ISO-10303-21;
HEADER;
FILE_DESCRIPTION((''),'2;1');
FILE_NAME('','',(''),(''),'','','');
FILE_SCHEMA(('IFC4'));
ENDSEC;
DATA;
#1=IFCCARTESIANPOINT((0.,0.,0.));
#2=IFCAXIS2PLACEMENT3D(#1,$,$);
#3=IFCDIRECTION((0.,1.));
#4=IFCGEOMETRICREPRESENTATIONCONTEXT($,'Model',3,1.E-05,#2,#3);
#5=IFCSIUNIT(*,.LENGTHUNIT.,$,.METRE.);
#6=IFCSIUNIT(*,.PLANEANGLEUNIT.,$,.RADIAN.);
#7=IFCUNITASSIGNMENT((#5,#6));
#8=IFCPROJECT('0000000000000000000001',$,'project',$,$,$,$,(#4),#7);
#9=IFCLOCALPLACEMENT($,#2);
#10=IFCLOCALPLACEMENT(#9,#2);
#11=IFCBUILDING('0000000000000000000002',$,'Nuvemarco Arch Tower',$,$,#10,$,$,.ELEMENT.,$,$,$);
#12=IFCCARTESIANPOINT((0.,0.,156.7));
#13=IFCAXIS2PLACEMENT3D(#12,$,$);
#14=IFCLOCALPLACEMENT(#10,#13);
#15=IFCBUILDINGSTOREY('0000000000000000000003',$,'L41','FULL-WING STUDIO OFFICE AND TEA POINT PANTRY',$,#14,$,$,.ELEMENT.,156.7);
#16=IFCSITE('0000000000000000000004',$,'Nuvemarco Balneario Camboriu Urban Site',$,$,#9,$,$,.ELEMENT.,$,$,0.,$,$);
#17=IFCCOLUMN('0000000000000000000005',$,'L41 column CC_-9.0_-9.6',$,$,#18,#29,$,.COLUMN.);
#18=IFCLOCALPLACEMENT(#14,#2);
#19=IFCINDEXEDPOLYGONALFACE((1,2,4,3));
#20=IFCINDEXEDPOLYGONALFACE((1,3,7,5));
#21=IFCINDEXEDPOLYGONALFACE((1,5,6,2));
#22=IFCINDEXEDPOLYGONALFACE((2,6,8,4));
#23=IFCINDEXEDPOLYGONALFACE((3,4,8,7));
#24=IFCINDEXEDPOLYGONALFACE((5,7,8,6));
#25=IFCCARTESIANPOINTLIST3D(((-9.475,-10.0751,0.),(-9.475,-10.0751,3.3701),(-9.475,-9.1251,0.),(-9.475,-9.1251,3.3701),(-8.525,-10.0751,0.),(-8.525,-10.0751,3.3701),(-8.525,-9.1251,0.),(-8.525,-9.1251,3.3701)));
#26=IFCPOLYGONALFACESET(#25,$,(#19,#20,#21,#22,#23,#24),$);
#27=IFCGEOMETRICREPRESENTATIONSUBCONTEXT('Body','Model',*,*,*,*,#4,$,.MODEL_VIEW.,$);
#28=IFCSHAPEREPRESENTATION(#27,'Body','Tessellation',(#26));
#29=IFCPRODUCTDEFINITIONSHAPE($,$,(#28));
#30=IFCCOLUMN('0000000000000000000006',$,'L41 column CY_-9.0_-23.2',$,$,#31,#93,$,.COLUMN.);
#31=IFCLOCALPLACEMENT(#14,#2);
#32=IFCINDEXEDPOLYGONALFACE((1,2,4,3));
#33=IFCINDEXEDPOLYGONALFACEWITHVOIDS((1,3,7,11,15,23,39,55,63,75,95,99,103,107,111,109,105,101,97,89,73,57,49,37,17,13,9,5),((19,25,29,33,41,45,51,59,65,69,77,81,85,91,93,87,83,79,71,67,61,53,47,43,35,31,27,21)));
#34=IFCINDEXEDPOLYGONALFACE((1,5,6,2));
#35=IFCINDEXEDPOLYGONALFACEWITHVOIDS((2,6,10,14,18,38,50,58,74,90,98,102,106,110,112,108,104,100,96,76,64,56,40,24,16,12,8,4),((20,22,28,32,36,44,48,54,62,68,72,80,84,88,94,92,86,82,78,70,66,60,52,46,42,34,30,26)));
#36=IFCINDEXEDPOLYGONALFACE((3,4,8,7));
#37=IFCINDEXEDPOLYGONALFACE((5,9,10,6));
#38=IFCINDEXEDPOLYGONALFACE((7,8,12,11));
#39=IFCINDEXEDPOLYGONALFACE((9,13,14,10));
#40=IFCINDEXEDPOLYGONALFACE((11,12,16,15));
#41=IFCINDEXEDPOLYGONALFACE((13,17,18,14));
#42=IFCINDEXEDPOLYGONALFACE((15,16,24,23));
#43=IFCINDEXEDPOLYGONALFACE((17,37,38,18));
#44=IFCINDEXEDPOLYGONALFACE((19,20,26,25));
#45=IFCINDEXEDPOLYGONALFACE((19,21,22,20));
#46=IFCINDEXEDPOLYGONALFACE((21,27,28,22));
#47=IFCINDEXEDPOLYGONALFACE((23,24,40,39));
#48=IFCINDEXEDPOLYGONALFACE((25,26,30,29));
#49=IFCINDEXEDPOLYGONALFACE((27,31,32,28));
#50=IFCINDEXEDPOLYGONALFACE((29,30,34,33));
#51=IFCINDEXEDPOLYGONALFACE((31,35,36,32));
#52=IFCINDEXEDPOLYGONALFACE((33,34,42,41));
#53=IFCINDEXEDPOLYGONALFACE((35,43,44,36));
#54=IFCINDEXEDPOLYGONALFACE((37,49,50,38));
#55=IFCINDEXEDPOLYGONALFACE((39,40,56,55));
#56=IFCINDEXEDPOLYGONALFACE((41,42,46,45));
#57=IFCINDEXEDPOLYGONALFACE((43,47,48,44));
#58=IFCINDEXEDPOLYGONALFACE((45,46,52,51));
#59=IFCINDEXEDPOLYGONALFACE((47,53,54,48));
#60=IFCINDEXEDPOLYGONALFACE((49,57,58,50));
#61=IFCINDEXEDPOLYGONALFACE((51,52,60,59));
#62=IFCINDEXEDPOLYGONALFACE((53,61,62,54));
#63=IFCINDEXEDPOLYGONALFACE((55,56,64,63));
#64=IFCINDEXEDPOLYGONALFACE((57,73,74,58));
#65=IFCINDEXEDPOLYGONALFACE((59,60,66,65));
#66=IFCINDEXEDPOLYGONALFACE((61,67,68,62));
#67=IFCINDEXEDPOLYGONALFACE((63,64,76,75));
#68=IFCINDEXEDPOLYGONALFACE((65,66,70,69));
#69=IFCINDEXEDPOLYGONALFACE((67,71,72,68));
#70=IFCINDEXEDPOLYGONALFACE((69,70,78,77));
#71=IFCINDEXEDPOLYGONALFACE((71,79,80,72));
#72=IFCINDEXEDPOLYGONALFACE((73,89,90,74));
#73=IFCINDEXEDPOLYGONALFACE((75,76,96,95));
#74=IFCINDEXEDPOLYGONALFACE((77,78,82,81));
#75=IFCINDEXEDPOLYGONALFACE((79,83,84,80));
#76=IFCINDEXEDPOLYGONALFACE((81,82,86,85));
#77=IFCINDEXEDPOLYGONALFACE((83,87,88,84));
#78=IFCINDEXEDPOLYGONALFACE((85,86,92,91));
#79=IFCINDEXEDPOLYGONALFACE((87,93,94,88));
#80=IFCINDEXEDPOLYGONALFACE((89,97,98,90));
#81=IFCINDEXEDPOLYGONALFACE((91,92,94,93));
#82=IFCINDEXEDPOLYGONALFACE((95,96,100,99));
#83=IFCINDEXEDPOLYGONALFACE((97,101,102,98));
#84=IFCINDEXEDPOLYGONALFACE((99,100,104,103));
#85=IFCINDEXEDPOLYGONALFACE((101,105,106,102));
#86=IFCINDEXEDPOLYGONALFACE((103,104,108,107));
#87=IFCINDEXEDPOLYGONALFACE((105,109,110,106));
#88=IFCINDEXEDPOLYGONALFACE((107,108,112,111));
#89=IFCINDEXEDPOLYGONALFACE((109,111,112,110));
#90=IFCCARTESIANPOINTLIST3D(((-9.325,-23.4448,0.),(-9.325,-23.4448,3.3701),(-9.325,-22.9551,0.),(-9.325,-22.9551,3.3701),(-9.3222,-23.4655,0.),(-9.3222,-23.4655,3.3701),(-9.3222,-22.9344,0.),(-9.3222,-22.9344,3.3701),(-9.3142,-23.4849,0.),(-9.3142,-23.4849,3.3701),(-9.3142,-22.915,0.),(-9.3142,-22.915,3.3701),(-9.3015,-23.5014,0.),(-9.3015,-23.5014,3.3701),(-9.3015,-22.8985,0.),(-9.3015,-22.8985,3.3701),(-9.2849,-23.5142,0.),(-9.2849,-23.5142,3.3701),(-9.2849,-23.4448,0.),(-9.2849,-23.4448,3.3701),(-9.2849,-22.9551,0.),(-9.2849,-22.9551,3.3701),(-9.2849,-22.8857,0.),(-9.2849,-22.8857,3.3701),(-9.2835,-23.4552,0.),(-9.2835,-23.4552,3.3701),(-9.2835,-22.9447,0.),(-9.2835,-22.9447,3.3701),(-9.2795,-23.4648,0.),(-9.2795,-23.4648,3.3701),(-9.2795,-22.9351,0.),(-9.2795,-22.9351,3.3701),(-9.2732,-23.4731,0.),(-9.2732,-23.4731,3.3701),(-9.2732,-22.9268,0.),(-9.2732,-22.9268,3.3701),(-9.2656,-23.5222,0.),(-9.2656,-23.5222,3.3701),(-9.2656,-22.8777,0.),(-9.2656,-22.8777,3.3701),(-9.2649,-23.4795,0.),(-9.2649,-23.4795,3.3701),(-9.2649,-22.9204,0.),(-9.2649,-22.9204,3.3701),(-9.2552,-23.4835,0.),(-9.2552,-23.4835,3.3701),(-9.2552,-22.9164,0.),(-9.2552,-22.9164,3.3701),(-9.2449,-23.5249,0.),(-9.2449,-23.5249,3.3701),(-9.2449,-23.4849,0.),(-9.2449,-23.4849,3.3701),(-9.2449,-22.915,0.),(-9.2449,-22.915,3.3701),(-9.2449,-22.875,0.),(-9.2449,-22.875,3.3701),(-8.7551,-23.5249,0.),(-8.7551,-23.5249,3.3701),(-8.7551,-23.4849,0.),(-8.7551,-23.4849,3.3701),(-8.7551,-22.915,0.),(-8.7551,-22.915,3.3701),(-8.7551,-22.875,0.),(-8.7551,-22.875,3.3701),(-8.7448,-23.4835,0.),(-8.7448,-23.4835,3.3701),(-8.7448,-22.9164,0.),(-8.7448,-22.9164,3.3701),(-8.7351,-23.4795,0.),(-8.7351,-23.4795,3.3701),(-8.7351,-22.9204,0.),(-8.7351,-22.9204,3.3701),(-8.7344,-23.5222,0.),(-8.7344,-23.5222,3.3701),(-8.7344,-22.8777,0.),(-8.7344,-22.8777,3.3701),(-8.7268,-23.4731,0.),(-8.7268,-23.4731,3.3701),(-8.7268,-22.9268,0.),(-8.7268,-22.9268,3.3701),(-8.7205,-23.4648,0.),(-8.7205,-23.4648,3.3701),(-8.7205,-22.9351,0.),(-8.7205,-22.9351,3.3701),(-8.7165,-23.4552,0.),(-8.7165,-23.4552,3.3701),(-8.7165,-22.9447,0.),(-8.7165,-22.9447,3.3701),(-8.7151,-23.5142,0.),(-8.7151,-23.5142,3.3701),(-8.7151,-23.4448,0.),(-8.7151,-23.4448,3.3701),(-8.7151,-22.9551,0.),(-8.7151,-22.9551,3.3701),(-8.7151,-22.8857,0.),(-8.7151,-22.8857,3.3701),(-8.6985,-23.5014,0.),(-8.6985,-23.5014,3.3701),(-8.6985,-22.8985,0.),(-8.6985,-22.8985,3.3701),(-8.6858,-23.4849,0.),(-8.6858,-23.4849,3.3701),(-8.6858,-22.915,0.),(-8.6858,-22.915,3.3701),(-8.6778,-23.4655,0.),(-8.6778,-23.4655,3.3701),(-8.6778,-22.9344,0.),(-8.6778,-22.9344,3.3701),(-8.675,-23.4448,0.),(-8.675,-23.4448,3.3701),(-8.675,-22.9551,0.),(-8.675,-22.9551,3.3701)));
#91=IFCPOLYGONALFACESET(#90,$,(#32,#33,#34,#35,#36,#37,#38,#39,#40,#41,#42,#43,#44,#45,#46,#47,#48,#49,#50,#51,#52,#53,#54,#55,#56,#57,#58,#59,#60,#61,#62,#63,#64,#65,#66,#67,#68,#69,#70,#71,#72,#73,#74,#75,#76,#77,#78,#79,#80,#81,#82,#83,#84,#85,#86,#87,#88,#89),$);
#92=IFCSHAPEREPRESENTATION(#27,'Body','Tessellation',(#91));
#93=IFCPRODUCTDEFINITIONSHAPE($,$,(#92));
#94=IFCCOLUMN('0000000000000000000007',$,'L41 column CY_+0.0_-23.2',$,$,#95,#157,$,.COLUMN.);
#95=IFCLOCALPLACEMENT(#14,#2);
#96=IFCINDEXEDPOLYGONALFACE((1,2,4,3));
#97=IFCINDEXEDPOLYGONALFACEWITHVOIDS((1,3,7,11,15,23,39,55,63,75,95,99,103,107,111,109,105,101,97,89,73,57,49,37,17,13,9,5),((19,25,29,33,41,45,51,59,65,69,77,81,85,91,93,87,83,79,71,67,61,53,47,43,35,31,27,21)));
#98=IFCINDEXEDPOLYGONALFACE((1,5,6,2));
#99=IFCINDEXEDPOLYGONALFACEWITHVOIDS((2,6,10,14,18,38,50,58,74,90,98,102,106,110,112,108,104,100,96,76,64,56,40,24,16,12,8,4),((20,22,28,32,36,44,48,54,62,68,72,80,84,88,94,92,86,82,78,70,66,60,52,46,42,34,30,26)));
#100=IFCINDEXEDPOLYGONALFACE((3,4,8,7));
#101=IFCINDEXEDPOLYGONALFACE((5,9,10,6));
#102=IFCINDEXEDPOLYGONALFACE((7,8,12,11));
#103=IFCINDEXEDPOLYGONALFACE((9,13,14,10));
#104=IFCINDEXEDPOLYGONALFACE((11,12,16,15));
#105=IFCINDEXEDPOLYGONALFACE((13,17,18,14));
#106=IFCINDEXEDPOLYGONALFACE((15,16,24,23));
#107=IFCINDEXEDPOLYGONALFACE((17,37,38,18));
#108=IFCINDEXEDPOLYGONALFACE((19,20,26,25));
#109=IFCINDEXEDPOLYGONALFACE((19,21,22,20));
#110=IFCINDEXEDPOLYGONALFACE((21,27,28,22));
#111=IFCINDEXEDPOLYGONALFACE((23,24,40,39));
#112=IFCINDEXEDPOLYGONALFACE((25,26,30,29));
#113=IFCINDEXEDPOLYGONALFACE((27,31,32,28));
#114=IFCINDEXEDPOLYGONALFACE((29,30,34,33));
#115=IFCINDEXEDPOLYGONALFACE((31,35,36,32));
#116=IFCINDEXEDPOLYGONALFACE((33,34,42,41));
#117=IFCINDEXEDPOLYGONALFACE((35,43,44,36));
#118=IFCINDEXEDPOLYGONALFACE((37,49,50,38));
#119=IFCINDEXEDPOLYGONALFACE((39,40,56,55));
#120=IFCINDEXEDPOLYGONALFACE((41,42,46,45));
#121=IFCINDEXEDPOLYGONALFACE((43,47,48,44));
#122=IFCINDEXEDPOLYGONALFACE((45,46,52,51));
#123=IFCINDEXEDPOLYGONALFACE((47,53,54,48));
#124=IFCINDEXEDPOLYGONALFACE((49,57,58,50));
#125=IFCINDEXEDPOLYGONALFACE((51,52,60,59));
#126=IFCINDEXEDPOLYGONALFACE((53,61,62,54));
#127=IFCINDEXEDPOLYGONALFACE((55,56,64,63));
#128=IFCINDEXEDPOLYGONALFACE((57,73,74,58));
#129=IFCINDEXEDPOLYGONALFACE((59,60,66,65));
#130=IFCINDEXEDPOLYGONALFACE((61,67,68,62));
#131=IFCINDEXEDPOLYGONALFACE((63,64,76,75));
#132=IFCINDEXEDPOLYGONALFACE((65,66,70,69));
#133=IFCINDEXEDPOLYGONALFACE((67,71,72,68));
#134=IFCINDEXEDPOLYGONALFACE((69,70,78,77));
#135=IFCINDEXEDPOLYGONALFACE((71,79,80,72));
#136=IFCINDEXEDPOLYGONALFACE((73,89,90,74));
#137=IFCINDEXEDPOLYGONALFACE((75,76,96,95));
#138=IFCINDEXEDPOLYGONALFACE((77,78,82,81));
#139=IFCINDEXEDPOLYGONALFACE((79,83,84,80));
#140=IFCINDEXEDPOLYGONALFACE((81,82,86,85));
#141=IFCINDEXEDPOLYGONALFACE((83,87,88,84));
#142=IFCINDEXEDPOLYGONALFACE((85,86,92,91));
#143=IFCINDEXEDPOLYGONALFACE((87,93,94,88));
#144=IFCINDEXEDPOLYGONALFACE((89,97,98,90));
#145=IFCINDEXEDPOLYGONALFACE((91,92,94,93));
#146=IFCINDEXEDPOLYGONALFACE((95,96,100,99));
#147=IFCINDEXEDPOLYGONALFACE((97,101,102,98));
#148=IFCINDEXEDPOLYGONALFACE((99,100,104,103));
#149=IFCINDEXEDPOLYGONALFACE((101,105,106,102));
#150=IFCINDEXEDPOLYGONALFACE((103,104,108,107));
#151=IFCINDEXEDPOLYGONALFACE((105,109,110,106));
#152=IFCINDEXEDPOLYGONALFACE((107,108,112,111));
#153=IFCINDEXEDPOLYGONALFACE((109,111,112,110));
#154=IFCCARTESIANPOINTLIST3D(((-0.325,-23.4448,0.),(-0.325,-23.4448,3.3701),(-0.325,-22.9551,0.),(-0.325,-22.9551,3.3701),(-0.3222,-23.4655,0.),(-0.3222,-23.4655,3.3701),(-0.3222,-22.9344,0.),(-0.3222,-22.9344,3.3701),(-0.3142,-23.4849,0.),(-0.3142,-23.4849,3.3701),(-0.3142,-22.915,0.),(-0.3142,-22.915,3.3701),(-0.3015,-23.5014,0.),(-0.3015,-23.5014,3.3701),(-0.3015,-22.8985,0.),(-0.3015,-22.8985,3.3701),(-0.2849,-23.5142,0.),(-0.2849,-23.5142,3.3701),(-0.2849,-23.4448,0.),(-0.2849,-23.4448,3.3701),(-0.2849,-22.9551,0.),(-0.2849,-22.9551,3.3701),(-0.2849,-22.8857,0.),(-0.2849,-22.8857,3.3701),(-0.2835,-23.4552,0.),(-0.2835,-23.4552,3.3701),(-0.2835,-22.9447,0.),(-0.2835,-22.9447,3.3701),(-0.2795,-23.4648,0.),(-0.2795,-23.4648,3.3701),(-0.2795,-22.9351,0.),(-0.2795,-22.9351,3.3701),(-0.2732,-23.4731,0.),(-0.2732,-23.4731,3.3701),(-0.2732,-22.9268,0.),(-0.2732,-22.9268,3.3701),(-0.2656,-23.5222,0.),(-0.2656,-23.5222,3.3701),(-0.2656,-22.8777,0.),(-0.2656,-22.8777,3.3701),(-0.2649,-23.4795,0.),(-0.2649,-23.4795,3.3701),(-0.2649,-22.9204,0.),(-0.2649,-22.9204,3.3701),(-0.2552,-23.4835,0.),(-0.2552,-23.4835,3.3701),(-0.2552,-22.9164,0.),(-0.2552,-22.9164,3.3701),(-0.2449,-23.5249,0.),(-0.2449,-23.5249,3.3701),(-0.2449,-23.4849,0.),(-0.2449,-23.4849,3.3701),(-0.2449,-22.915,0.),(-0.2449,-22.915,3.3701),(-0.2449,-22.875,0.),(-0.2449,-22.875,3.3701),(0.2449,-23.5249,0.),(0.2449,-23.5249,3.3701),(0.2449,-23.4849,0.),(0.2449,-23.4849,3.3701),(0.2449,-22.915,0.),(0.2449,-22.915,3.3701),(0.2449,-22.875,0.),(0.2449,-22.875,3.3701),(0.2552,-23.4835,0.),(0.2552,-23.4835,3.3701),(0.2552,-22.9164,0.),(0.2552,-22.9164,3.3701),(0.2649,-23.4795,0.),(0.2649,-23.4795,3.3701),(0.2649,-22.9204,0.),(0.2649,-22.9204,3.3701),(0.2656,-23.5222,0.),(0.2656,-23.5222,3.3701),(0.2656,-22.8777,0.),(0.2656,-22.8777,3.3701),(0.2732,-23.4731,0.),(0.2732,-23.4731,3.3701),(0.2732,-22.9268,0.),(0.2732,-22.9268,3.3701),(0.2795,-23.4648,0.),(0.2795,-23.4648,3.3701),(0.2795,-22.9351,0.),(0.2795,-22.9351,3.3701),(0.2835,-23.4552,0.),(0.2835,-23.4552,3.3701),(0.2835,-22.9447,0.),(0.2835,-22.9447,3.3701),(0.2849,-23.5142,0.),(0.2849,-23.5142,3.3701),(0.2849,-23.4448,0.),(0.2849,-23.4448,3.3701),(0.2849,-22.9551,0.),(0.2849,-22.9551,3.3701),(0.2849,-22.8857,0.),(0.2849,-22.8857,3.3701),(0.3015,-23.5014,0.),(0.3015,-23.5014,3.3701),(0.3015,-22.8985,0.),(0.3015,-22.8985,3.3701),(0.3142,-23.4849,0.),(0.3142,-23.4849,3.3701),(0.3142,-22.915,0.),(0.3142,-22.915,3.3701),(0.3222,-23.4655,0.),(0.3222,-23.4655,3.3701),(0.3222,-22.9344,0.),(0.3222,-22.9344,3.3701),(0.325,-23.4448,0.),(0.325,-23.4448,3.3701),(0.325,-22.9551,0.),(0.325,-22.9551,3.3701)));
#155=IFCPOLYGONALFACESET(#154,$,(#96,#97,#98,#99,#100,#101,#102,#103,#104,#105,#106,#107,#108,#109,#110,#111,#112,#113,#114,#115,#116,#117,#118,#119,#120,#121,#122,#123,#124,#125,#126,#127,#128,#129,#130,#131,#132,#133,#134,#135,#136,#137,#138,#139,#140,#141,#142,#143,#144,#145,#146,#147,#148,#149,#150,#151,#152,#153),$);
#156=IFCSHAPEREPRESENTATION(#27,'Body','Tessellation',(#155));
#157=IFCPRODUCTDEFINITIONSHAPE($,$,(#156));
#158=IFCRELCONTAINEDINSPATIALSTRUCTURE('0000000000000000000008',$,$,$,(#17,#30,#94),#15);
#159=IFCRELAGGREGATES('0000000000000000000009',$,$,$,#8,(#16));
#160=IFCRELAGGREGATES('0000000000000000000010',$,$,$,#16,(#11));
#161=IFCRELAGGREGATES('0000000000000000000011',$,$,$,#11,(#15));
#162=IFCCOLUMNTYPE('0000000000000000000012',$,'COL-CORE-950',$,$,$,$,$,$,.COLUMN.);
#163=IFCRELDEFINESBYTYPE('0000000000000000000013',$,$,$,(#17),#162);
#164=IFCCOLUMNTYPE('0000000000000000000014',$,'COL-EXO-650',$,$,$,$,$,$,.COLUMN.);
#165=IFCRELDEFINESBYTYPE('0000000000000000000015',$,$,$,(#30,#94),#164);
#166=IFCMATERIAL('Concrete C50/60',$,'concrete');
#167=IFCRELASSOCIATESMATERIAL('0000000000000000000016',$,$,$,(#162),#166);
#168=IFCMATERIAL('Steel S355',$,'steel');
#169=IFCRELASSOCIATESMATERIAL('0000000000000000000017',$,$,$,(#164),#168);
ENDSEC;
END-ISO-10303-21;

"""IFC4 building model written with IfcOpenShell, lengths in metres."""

from ifc_helpers import new_model, si_unit, direction, frame, origin, origin_2d, place, context, subcontext, project, spatial, rectangle, hollow_rectangle, extrude, material, material_profile, profile_set, type_object, element, save


model = new_model("IFC4")

# Units and contexts
model_context = context("Model", 3, precision=1e-05, world=origin(), true_north=direction((0.0, 1.0)))
body_context = subcontext(model_context, "Body", "Model", "MODEL_VIEW")
ifc_project = project(units=[si_unit("LENGTHUNIT", "METRE"), si_unit("PLANEANGLEUNIT", "RADIAN")], contexts=[model_context])

# Site, building, storey
site_placement = place(None, origin())
site = spatial("IfcSite", under=ifc_project, at=site_placement, Name="Nuvemarco Balneario Camboriu Urban Site", CompositionType="ELEMENT", RefElevation=0.0)
building_placement = place(site_placement, origin())
building = spatial("IfcBuilding", under=site, at=building_placement, Name="Nuvemarco Arch Tower", CompositionType="ELEMENT")
storey_placement = place(building_placement, frame((0.0, 0.0, 156.7)))
storey = spatial("IfcBuildingStorey", under=building, at=storey_placement, Name="L41", Description="FULL-WING STUDIO OFFICE AND TEA POINT PANTRY", CompositionType="ELEMENT", Elevation=156.7)

# Columns
ifc_material_1 = material(Name="Concrete C50/60", Category="concrete")
ifc_material_profile_1 = material_profile(ifc_material_1, rectangle(XDim=0.95, YDim=0.95, at=origin_2d()), Name="RC-COL-950x950")
ifc_profile_set_1 = profile_set([ifc_material_profile_1], Name="Concrete C50/60")
column_type_1 = type_object("IfcColumnType", Name="COL-CORE-950", PredefinedType="COLUMN", material=ifc_profile_set_1)
column_placement = place(storey_placement, frame((-9.0, -9.6001, 0.0), z_axis=(0.0, 0.0, 1.0), x_axis=(1.0, 0.0, 0.0)))
element("IfcColumn", 1, at=column_placement, inside=storey, type_object=column_type_1, Name="L41 column CC_-9.0_-9.6", PredefinedType="COLUMN", context=body_context, shape_type="SweptSolid", body=[
    extrude(rectangle(XDim=0.95, YDim=0.95, at=origin_2d()), origin(), (0.0, 0.0, 1.0), 3.3701),
])
ifc_material_2 = material(Name="Steel S355", Category="steel")
ifc_material_profile_2 = material_profile(ifc_material_2, hollow_rectangle(XDim=0.6499, YDim=0.6499, WallThickness=0.04, InnerFilletRadius=0.04, OuterFilletRadius=0.0801, at=origin_2d()), Name="SHS650x650x40")
ifc_profile_set_2 = profile_set([ifc_material_profile_2], Name="Steel S355")
column_type_2 = type_object("IfcColumnType", Name="COL-EXO-650", PredefinedType="COLUMN", material=ifc_profile_set_2)
for number, where, z_axis, x_axis, name in (
    (2, (-9.0, -23.2, 0.0), (0.0, 0.0, 1.0), (1.0, 0.0, 0.0), "L41 column CY_-9.0_-23.2"),
    (3, (0.0, -23.2, 0.0), (0.0, 0.0, 1.0), (1.0, 0.0, 0.0), "L41 column CY_+0.0_-23.2"),
):
    element("IfcColumn", number, at=place(storey_placement, frame(where, z_axis=z_axis, x_axis=x_axis)), inside=storey, type_object=column_type_2, Name=name, PredefinedType="COLUMN", context=body_context, shape_type="SweptSolid", body=[
        extrude(hollow_rectangle(XDim=0.6499, YDim=0.6499, WallThickness=0.04, InnerFilletRadius=0.04, OuterFilletRadius=0.0801, at=origin_2d()), origin(), (0.0, 0.0, 1.0), 3.3701),
    ])

save(model, "model.ifc")
